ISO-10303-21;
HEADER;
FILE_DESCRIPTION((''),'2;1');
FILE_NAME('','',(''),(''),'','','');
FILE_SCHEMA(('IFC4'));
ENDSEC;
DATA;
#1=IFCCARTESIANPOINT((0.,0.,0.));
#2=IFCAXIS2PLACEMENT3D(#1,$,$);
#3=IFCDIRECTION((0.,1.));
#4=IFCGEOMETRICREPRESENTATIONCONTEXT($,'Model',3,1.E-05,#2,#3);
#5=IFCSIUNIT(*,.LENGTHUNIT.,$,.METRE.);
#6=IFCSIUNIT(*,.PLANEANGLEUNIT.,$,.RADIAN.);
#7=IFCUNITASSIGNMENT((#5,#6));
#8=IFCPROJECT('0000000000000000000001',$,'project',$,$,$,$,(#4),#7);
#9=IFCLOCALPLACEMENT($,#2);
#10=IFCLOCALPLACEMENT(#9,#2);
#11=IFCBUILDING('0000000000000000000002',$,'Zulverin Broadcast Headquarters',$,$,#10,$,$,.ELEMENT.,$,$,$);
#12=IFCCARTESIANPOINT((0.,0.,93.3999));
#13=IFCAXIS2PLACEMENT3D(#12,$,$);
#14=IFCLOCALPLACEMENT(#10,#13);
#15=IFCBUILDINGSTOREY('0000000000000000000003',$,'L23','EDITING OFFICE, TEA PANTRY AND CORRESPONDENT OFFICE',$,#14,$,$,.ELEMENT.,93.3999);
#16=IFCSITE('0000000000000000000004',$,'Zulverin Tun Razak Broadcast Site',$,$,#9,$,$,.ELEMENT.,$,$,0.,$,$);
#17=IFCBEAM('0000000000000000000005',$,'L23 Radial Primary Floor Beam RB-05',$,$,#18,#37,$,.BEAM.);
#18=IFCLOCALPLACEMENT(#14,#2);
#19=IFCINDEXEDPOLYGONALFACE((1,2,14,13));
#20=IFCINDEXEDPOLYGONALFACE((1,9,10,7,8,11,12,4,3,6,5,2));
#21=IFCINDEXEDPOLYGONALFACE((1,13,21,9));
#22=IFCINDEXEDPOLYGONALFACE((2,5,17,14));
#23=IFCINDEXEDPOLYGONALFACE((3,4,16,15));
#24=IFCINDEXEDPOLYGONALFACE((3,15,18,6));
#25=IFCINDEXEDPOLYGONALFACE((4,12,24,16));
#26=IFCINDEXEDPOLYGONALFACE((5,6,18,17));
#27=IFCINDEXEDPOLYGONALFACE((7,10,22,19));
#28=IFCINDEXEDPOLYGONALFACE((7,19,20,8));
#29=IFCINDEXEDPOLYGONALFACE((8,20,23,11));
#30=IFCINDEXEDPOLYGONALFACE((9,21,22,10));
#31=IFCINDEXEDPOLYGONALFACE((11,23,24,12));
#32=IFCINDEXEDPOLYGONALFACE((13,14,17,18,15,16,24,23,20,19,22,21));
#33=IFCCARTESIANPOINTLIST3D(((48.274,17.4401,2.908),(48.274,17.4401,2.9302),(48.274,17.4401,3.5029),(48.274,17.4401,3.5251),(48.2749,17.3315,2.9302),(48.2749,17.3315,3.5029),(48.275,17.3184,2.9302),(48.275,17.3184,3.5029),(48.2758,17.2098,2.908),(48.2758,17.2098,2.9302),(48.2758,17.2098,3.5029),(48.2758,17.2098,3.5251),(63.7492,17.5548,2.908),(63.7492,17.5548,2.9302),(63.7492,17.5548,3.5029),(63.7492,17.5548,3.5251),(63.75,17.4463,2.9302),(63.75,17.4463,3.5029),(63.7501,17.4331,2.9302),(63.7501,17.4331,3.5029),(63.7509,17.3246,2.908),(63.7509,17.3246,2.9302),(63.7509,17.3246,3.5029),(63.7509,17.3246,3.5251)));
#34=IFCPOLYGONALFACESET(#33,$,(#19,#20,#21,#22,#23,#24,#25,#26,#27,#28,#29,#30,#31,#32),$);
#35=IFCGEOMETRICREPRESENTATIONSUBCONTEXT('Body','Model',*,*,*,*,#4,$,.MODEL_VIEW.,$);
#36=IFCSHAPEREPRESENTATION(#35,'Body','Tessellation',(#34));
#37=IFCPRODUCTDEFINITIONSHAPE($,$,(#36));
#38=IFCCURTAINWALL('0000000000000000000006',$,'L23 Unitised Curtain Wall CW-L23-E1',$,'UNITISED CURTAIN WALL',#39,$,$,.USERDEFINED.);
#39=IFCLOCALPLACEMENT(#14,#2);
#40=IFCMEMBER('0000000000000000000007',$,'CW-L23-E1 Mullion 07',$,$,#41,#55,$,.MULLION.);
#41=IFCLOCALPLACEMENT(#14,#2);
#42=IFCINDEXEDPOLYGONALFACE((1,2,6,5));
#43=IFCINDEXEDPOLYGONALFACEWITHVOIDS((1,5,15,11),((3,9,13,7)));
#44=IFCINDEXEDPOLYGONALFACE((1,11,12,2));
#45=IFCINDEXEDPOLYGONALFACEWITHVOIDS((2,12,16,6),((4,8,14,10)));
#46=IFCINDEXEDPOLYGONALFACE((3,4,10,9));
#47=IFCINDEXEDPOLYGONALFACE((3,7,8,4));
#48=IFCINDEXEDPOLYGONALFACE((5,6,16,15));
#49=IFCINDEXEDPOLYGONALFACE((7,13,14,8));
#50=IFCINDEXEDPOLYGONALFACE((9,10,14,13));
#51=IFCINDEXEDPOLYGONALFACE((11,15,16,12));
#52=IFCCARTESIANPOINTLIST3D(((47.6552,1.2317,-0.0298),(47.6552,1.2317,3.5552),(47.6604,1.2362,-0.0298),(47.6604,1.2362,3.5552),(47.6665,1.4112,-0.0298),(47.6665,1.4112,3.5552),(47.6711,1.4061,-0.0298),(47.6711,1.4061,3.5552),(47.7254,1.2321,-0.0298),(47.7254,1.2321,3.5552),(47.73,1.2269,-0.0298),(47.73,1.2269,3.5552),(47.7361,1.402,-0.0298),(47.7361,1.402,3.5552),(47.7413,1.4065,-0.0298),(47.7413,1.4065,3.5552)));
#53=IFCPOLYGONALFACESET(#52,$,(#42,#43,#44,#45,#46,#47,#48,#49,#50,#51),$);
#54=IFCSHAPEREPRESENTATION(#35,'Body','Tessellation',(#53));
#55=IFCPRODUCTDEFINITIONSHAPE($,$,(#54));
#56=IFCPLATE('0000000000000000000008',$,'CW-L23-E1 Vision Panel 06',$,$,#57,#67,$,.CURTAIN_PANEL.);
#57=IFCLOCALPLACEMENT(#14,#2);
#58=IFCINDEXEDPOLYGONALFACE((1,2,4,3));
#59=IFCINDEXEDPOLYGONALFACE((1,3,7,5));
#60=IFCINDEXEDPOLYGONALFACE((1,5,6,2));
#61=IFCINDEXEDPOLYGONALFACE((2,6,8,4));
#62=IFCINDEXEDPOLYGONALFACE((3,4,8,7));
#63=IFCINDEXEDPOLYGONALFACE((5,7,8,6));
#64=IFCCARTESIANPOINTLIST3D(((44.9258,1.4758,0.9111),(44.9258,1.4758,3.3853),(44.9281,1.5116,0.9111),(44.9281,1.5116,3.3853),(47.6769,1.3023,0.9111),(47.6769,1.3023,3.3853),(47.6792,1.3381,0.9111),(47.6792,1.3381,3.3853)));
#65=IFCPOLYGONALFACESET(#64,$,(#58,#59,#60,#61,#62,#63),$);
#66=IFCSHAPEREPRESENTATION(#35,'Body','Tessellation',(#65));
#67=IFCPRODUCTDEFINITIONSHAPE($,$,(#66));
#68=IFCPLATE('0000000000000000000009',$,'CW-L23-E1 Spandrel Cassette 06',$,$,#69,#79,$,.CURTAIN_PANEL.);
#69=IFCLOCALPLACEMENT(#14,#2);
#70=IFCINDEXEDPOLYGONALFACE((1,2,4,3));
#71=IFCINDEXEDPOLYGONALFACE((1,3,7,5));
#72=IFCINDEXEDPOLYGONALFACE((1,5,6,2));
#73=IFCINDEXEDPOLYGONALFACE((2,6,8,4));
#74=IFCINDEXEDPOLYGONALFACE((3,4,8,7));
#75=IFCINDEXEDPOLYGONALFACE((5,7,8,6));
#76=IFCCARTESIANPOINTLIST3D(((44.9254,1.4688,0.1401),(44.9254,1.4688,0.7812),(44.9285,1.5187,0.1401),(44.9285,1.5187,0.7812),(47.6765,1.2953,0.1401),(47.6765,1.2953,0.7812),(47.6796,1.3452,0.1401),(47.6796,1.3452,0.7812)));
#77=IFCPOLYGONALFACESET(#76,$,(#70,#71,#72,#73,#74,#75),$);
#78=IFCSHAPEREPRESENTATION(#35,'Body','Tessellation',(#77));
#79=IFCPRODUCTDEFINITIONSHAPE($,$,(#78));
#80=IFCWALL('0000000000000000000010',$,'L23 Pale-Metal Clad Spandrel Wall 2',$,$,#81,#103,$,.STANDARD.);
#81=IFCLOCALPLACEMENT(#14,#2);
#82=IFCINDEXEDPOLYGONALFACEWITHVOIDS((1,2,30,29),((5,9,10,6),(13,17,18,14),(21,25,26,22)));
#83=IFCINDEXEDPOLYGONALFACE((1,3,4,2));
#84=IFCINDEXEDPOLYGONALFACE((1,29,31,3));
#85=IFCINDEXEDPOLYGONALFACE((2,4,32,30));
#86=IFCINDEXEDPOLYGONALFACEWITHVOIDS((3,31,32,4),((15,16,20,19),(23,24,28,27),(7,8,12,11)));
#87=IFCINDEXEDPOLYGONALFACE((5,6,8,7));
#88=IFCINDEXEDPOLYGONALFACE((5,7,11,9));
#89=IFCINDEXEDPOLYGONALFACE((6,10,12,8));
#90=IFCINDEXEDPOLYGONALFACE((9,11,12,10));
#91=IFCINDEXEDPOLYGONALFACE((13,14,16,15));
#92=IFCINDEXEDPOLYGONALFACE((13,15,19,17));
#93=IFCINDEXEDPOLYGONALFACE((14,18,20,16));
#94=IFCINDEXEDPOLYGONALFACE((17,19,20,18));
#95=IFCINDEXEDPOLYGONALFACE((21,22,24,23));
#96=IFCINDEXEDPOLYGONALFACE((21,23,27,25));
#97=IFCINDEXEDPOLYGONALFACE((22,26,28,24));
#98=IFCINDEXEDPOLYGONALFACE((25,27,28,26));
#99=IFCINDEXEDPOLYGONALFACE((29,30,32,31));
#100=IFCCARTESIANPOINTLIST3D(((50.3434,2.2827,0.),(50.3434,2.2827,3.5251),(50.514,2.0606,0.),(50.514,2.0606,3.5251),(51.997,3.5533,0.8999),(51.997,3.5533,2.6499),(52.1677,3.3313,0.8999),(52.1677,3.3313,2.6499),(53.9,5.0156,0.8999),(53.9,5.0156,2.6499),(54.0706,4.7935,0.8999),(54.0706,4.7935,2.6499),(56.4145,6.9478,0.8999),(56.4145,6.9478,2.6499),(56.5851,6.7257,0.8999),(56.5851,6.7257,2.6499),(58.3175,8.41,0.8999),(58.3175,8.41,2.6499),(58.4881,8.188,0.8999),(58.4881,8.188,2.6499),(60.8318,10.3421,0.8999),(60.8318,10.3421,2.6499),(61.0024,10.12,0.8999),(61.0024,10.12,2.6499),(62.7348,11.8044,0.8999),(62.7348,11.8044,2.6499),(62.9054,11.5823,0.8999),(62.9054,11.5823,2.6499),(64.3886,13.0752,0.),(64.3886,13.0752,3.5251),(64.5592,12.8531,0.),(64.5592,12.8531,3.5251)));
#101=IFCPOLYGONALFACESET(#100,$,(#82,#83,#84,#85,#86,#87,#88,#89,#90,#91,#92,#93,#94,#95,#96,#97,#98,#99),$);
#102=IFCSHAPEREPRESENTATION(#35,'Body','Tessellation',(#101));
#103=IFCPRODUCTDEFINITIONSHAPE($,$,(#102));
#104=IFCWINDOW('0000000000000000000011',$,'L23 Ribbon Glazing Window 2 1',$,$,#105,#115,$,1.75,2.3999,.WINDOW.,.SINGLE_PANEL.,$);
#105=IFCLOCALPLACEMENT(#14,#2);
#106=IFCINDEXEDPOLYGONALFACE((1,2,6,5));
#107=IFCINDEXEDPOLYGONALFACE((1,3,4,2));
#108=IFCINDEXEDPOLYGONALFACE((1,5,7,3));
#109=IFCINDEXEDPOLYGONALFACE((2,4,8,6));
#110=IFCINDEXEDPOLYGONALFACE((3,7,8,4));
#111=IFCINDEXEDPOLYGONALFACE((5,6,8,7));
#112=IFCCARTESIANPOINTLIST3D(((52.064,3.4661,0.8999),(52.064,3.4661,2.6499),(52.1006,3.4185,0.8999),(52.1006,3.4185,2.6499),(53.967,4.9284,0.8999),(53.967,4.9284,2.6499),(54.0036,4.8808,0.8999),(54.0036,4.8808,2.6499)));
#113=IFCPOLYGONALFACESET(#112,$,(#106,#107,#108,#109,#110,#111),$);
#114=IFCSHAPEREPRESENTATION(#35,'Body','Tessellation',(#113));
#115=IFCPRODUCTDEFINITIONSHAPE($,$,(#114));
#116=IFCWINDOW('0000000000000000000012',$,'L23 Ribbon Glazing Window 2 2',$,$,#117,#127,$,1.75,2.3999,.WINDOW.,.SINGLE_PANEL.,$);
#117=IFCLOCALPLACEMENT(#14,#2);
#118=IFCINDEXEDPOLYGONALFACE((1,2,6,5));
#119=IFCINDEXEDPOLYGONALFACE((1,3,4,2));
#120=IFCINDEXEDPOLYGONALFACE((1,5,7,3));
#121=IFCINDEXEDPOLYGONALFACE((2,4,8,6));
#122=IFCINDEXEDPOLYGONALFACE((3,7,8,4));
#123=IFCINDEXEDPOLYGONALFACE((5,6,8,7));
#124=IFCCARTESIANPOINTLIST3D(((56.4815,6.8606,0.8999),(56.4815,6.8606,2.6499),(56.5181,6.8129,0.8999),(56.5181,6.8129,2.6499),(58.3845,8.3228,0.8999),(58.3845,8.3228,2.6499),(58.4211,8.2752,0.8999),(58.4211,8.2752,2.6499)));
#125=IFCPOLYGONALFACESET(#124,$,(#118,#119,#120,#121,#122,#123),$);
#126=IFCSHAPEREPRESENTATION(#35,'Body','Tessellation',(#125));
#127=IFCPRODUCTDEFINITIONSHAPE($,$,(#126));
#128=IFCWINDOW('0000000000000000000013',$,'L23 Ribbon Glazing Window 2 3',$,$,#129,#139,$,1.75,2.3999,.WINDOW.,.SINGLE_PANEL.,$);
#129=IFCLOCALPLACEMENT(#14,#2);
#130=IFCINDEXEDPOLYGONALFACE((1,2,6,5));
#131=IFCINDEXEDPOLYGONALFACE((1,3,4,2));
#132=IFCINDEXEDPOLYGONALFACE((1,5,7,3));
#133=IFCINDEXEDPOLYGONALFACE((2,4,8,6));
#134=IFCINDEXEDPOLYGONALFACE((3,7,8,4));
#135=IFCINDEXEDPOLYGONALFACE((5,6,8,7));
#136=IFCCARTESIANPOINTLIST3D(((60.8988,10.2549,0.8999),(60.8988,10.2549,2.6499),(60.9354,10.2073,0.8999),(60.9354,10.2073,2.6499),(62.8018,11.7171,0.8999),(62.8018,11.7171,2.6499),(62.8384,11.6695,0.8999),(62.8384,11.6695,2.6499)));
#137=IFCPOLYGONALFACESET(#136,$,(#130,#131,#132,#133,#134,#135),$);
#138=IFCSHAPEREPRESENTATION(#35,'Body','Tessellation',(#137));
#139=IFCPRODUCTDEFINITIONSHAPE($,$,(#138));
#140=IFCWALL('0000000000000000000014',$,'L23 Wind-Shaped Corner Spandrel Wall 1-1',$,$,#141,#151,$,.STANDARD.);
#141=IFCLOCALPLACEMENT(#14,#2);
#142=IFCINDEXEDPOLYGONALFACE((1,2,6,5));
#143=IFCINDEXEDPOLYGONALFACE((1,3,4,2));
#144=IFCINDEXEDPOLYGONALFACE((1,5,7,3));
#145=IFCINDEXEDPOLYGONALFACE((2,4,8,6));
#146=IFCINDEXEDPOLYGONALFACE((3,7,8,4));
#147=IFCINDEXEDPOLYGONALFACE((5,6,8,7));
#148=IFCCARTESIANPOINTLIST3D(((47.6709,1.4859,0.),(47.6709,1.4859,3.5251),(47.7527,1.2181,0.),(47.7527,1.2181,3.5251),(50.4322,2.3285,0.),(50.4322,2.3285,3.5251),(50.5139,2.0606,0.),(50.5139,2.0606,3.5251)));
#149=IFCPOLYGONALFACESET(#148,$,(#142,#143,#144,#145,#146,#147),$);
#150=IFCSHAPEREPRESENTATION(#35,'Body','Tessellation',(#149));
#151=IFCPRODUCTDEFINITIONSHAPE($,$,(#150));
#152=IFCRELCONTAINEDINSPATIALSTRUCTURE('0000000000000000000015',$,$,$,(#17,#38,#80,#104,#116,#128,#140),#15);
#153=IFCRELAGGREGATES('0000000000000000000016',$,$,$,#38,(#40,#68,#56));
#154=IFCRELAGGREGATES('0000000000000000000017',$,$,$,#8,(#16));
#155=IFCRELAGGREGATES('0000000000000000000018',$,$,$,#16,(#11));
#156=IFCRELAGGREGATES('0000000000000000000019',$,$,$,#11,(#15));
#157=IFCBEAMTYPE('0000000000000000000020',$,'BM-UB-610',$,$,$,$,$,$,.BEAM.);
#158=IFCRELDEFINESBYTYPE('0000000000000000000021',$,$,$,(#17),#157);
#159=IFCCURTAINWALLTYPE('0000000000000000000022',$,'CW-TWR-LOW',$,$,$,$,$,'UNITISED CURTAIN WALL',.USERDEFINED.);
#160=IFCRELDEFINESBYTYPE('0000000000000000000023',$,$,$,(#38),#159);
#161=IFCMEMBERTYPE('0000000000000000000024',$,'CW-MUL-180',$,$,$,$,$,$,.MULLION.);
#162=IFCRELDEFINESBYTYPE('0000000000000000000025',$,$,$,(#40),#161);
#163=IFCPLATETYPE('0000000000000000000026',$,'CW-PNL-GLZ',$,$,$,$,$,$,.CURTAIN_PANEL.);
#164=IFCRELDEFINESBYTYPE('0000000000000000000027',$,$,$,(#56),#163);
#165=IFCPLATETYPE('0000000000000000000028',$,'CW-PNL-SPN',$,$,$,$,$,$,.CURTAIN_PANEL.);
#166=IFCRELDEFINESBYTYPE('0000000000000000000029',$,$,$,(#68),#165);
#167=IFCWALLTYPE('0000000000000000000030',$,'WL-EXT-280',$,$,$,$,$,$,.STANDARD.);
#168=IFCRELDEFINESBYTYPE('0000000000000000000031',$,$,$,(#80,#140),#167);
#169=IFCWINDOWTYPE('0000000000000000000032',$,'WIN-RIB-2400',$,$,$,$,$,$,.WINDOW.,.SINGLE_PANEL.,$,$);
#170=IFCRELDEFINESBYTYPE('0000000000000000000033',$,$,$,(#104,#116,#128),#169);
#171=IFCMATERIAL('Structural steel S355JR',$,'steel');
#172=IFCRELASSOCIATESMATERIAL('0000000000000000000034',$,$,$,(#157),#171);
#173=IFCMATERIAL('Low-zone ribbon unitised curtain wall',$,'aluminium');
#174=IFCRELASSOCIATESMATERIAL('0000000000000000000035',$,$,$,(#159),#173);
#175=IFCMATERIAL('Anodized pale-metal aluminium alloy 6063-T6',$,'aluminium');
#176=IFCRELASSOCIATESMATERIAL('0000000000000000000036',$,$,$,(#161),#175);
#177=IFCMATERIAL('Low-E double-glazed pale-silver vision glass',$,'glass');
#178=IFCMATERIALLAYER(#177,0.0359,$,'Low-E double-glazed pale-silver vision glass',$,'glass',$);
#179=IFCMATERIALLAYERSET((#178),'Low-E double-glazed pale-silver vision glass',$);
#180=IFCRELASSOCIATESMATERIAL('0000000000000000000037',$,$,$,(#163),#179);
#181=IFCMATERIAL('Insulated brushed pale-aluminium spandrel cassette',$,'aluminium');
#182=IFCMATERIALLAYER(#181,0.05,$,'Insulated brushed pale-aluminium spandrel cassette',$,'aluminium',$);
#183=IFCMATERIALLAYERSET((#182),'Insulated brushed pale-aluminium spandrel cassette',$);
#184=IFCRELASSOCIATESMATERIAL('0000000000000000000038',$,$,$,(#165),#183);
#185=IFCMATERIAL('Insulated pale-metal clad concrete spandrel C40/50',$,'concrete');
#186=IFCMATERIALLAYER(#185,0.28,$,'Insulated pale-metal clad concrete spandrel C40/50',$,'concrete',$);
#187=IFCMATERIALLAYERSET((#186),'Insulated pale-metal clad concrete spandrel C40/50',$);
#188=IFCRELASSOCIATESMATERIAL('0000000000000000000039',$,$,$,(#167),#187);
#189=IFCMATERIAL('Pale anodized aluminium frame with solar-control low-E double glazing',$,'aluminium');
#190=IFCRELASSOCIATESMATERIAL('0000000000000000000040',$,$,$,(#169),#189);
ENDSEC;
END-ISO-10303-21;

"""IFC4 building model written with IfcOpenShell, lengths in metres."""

from ifc_helpers import new_model, si_unit, direction, frame, frame_2d, origin, origin_2d, place, context, subcontext, project, spatial, rectangle, hollow_rectangle, i_section, extrude, material, layer, layer_set, material_profile, profile_set, type_object, element, fill, aggregate, save


model = new_model("IFC4")

# Units and contexts
model_context = context("Model", 3, precision=1e-05, world=origin(), true_north=direction((0.0, 1.0)))
body_context = subcontext(model_context, "Body", "Model", "MODEL_VIEW")
ifc_project = project(units=[si_unit("LENGTHUNIT", "METRE"), si_unit("PLANEANGLEUNIT", "RADIAN")], contexts=[model_context])

# Site, building, storey
site_placement = place(None, origin())
site = spatial("IfcSite", under=ifc_project, at=site_placement, Name="Zulverin Tun Razak Broadcast Site", CompositionType="ELEMENT", RefElevation=0.0)
building_placement = place(site_placement, origin())
building = spatial("IfcBuilding", under=site, at=building_placement, Name="Zulverin Broadcast Headquarters", CompositionType="ELEMENT")
storey_placement = place(building_placement, frame((0.0, 0.0, 93.3999)))
storey = spatial("IfcBuildingStorey", under=building, at=storey_placement, Name="L23", Description="EDITING OFFICE, TEA PANTRY AND CORRESPONDENT OFFICE", CompositionType="ELEMENT", Elevation=93.3999)

# Beam
ifc_material_1 = material(Name="Structural steel S355JR", Category="steel")
ifc_material_profile_1 = material_profile(ifc_material_1, i_section(OverallWidth=0.2302, OverallDepth=0.6172, WebThickness=0.0132, FlangeThickness=0.0222, at=origin_2d()), Name="Structural steel S355JR", Category="steel")
ifc_profile_set_1 = profile_set([ifc_material_profile_1], Name="Structural steel S355JR")
beam_type_1 = type_object("IfcBeamType", Name="BM-UB-610", PredefinedType="BEAM", material=ifc_profile_set_1)
beam_1_placement = place(storey_placement, frame((48.2749, 17.325, 3.2166), z_axis=(0.999973, 0.007415, 0.0), x_axis=(-0.007415, 0.999973, 0.0)))
element("IfcBeam", 1, at=beam_1_placement, inside=storey, type_object=beam_type_1, Name="L23 Radial Primary Floor Beam RB-05", PredefinedType="BEAM", context=body_context, shape_type="SweptSolid", body=[
    extrude(i_section(OverallWidth=0.2302, OverallDepth=0.6172, WebThickness=0.0132, FlangeThickness=0.0222, at=origin_2d()), origin(), (0.0, 0.0, 1.0), 15.4756),
])

# Curtain wall, member, plates
ifc_material_2 = material(Name="Low-zone ribbon unitised curtain wall", Category="aluminium")
curtain_wall_type = type_object("IfcCurtainWallType", Name="CW-TWR-LOW", ElementType="UNITISED CURTAIN WALL", PredefinedType="USERDEFINED", material=ifc_material_2)
curtain_wall_placement = place(storey_placement, origin())
curtain_wall = element("IfcCurtainWall", 2, at=curtain_wall_placement, inside=storey, type_object=curtain_wall_type, Name="L23 Unitised Curtain Wall CW-L23-E1", ObjectType="UNITISED CURTAIN WALL", PredefinedType="USERDEFINED")
ifc_material_3 = material(Name="Anodized pale-metal aluminium alloy 6063-T6", Category="aluminium")
ifc_material_profile_2 = material_profile(ifc_material_3, hollow_rectangle(XDim=0.075, YDim=0.1799, WallThickness=0.0049, at=origin_2d()), Name="Anodized pale-metal aluminium alloy 6063-T6", Category="aluminium")
ifc_profile_set_2 = profile_set([ifc_material_profile_2], Name="Anodized pale-metal aluminium alloy 6063-T6")
member_type = type_object("IfcMemberType", Name="CW-MUL-180", PredefinedType="MULLION", material=ifc_profile_set_2)
member_placement = place(storey_placement, frame((47.6982, 1.3191, -0.0298), z_axis=(0.0, 0.0, 1.0), x_axis=(0.998017, -0.062942, 0.0)))
member = element("IfcMember", 3, at=member_placement, type_object=member_type, Name="CW-L23-E1 Mullion 07", PredefinedType="MULLION", context=body_context, shape_type="SweptSolid", body=[
    extrude(hollow_rectangle(XDim=0.075, YDim=0.1799, WallThickness=0.0049, at=origin_2d()), origin(), (0.0, 0.0, 1.0), 3.585),
])
ifc_material_4 = material(Name="Low-E double-glazed pale-silver vision glass", Category="glass")
ifc_layer_1 = layer(ifc_material_4, 0.0359, Name="Low-E double-glazed pale-silver vision glass", Category="glass")
ifc_layer_set_1 = layer_set([ifc_layer_1], Name="Low-E double-glazed pale-silver vision glass")
plate_type_1 = type_object("IfcPlateType", Name="CW-PNL-GLZ", PredefinedType="CURTAIN_PANEL", material=ifc_layer_set_1)
plate_1_placement = place(storey_placement, frame((46.3025, 1.407, 0.9111), z_axis=(0.0, 0.0, 1.0), x_axis=(0.998017, -0.062942, 0.0)))
plate_1 = element("IfcPlate", 4, at=plate_1_placement, type_object=plate_type_1, Name="CW-L23-E1 Vision Panel 06", PredefinedType="CURTAIN_PANEL", context=body_context, shape_type="SweptSolid", body=[
    extrude(rectangle(XDim=2.7566, YDim=0.0359, at=origin_2d()), origin(), (0.0, 0.0, 1.0), 2.4741),
])
ifc_material_5 = material(Name="Insulated brushed pale-aluminium spandrel cassette", Category="aluminium")
ifc_layer_2 = layer(ifc_material_5, 0.05, Name="Insulated brushed pale-aluminium spandrel cassette", Category="aluminium")
ifc_layer_set_2 = layer_set([ifc_layer_2], Name="Insulated brushed pale-aluminium spandrel cassette")
plate_type_2 = type_object("IfcPlateType", Name="CW-PNL-SPN", PredefinedType="CURTAIN_PANEL", material=ifc_layer_set_2)
plate_2_placement = place(storey_placement, frame((46.3025, 1.407, 0.1401), z_axis=(0.0, 0.0, 1.0), x_axis=(0.998017, -0.062942, 0.0)))
plate_2 = element("IfcPlate", 5, at=plate_2_placement, type_object=plate_type_2, Name="CW-L23-E1 Spandrel Cassette 06", PredefinedType="CURTAIN_PANEL", context=body_context, shape_type="SweptSolid", body=[
    extrude(rectangle(XDim=2.7566, YDim=0.05, at=origin_2d()), origin(), (0.0, 0.0, 1.0), 0.6411),
])
aggregate(curtain_wall, [member, plate_2, plate_1])

# Wall, openings, windows
ifc_material_6 = material(Name="Insulated pale-metal clad concrete spandrel C40/50", Category="concrete")
ifc_layer_3 = layer(ifc_material_6, 0.28, Name="Insulated pale-metal clad concrete spandrel C40/50", Category="concrete")
ifc_layer_set_3 = layer_set([ifc_layer_3], Name="Insulated pale-metal clad concrete spandrel C40/50")
wall_type_1 = type_object("IfcWallType", Name="WL-EXT-280", PredefinedType="STANDARD", material=ifc_layer_set_3)
wall_1_placement = place(storey_placement, frame((50.4287, 2.1716, 0.0), z_axis=(0.0, 0.0, 1.0), x_axis=(0.792937, 0.609303, 0.0)))
wall_1 = element("IfcWall", 6, at=wall_1_placement, inside=storey, type_object=wall_type_1, Name="L23 Pale-Metal Clad Spandrel Wall 2", PredefinedType="STANDARD", context=body_context, shape_type="SweptSolid", body=[
    extrude(rectangle(XDim=17.7129, YDim=0.28, at=frame_2d((8.8564, 0.0))), origin(), (0.0, 0.0, 1.0), 3.5251),
])
opening_1_placement = place(wall_1_placement, frame((2.0854, 0.0, 0.8999)))
opening_1 = element("IfcOpeningElement", 7, at=opening_1_placement, cuts=wall_1, PredefinedType="OPENING", context=body_context, shape_type="SweptSolid", body=[
    extrude(rectangle(XDim=2.3999, YDim=1.75, at=frame_2d((1.2, 0.875))), frame((0.0, 0.1499, 0.0), z_axis=(0.0, -1.0, 0.0), x_axis=(1.0, 0.0, 0.0)), (0.0, 0.0, 1.0), 0.3),
])
opening_2_placement = place(wall_1_placement, frame((7.6565, 0.0, 0.8999)))
opening_2 = element("IfcOpeningElement", 8, at=opening_2_placement, cuts=wall_1, PredefinedType="OPENING", context=body_context, shape_type="SweptSolid", body=[
    extrude(rectangle(XDim=2.3999, YDim=1.75, at=frame_2d((1.2, 0.875))), frame((0.0, 0.1499, 0.0), z_axis=(0.0, -1.0, 0.0), x_axis=(1.0, 0.0, 0.0)), (0.0, 0.0, 1.0), 0.3),
])
opening_3_placement = place(wall_1_placement, frame((13.2273, 0.0, 0.8999)))
opening_3 = element("IfcOpeningElement", 9, at=opening_3_placement, cuts=wall_1, PredefinedType="OPENING", context=body_context, shape_type="SweptSolid", body=[
    extrude(rectangle(XDim=2.3999, YDim=1.75, at=frame_2d((1.2, 0.875))), frame((0.0, 0.1499, 0.0), z_axis=(0.0, -1.0, 0.0), x_axis=(1.0, 0.0, 0.0)), (0.0, 0.0, 1.0), 0.3),
])
ifc_material_7 = material(Name="Pale anodized aluminium frame with solar-control low-E double glazing", Category="aluminium")
window_type = type_object("IfcWindowType", Name="WIN-RIB-2400", PartitioningType="SINGLE_PANEL", PredefinedType="WINDOW", material=ifc_material_7)
window_1_placement = place(opening_1_placement, origin())
window_1 = element("IfcWindow", 10, at=window_1_placement, inside=storey, type_object=window_type, Name="L23 Ribbon Glazing Window 2 1", OverallHeight=1.75, OverallWidth=2.3999, PartitioningType="SINGLE_PANEL", PredefinedType="WINDOW", context=body_context, shape_type="SweptSolid", body=[
    extrude(rectangle(XDim=2.3999, YDim=1.75, at=frame_2d((1.2, 0.875))), frame((0.0, 0.03, 0.0), z_axis=(0.0, -1.0, 0.0), x_axis=(1.0, 0.0, 0.0)), (0.0, 0.0, 1.0), 0.0601),
])
fill(opening_1, window_1)
window_2_placement = place(opening_2_placement, origin())
window_2 = element("IfcWindow", 11, at=window_2_placement, inside=storey, type_object=window_type, Name="L23 Ribbon Glazing Window 2 2", OverallHeight=1.75, OverallWidth=2.3999, PartitioningType="SINGLE_PANEL", PredefinedType="WINDOW", context=body_context, shape_type="SweptSolid", body=[
    extrude(rectangle(XDim=2.3999, YDim=1.75, at=frame_2d((1.2, 0.875))), frame((0.0, 0.03, 0.0), z_axis=(0.0, -1.0, 0.0), x_axis=(1.0, 0.0, 0.0)), (0.0, 0.0, 1.0), 0.0601),
])
fill(opening_2, window_2)
window_3_placement = place(opening_3_placement, origin())
window_3 = element("IfcWindow", 12, at=window_3_placement, inside=storey, type_object=window_type, Name="L23 Ribbon Glazing Window 2 3", OverallHeight=1.75, OverallWidth=2.3999, PartitioningType="SINGLE_PANEL", PredefinedType="WINDOW", context=body_context, shape_type="SweptSolid", body=[
    extrude(rectangle(XDim=2.3999, YDim=1.75, at=frame_2d((1.2, 0.875))), frame((0.0, 0.03, 0.0), z_axis=(0.0, -1.0, 0.0), x_axis=(1.0, 0.0, 0.0)), (0.0, 0.0, 1.0), 0.0601),
])
fill(opening_3, window_3)

# Wall
wall_2_placement = place(storey_placement, frame((47.7119, 1.3521, 0.0), z_axis=(0.0, 0.0, 1.0), x_axis=(0.956466, 0.291845, 0.0)))
element("IfcWall", 13, at=wall_2_placement, inside=storey, type_object=wall_type_1, Name="L23 Wind-Shaped Corner Spandrel Wall 1-1", PredefinedType="STANDARD", context=body_context, shape_type="SweptSolid", body=[
    extrude(rectangle(XDim=2.887, YDim=0.28, at=frame_2d((1.4434, 0.0))), origin(), (0.0, 0.0, 1.0), 3.5251),
])

save(model, "model.ifc")
